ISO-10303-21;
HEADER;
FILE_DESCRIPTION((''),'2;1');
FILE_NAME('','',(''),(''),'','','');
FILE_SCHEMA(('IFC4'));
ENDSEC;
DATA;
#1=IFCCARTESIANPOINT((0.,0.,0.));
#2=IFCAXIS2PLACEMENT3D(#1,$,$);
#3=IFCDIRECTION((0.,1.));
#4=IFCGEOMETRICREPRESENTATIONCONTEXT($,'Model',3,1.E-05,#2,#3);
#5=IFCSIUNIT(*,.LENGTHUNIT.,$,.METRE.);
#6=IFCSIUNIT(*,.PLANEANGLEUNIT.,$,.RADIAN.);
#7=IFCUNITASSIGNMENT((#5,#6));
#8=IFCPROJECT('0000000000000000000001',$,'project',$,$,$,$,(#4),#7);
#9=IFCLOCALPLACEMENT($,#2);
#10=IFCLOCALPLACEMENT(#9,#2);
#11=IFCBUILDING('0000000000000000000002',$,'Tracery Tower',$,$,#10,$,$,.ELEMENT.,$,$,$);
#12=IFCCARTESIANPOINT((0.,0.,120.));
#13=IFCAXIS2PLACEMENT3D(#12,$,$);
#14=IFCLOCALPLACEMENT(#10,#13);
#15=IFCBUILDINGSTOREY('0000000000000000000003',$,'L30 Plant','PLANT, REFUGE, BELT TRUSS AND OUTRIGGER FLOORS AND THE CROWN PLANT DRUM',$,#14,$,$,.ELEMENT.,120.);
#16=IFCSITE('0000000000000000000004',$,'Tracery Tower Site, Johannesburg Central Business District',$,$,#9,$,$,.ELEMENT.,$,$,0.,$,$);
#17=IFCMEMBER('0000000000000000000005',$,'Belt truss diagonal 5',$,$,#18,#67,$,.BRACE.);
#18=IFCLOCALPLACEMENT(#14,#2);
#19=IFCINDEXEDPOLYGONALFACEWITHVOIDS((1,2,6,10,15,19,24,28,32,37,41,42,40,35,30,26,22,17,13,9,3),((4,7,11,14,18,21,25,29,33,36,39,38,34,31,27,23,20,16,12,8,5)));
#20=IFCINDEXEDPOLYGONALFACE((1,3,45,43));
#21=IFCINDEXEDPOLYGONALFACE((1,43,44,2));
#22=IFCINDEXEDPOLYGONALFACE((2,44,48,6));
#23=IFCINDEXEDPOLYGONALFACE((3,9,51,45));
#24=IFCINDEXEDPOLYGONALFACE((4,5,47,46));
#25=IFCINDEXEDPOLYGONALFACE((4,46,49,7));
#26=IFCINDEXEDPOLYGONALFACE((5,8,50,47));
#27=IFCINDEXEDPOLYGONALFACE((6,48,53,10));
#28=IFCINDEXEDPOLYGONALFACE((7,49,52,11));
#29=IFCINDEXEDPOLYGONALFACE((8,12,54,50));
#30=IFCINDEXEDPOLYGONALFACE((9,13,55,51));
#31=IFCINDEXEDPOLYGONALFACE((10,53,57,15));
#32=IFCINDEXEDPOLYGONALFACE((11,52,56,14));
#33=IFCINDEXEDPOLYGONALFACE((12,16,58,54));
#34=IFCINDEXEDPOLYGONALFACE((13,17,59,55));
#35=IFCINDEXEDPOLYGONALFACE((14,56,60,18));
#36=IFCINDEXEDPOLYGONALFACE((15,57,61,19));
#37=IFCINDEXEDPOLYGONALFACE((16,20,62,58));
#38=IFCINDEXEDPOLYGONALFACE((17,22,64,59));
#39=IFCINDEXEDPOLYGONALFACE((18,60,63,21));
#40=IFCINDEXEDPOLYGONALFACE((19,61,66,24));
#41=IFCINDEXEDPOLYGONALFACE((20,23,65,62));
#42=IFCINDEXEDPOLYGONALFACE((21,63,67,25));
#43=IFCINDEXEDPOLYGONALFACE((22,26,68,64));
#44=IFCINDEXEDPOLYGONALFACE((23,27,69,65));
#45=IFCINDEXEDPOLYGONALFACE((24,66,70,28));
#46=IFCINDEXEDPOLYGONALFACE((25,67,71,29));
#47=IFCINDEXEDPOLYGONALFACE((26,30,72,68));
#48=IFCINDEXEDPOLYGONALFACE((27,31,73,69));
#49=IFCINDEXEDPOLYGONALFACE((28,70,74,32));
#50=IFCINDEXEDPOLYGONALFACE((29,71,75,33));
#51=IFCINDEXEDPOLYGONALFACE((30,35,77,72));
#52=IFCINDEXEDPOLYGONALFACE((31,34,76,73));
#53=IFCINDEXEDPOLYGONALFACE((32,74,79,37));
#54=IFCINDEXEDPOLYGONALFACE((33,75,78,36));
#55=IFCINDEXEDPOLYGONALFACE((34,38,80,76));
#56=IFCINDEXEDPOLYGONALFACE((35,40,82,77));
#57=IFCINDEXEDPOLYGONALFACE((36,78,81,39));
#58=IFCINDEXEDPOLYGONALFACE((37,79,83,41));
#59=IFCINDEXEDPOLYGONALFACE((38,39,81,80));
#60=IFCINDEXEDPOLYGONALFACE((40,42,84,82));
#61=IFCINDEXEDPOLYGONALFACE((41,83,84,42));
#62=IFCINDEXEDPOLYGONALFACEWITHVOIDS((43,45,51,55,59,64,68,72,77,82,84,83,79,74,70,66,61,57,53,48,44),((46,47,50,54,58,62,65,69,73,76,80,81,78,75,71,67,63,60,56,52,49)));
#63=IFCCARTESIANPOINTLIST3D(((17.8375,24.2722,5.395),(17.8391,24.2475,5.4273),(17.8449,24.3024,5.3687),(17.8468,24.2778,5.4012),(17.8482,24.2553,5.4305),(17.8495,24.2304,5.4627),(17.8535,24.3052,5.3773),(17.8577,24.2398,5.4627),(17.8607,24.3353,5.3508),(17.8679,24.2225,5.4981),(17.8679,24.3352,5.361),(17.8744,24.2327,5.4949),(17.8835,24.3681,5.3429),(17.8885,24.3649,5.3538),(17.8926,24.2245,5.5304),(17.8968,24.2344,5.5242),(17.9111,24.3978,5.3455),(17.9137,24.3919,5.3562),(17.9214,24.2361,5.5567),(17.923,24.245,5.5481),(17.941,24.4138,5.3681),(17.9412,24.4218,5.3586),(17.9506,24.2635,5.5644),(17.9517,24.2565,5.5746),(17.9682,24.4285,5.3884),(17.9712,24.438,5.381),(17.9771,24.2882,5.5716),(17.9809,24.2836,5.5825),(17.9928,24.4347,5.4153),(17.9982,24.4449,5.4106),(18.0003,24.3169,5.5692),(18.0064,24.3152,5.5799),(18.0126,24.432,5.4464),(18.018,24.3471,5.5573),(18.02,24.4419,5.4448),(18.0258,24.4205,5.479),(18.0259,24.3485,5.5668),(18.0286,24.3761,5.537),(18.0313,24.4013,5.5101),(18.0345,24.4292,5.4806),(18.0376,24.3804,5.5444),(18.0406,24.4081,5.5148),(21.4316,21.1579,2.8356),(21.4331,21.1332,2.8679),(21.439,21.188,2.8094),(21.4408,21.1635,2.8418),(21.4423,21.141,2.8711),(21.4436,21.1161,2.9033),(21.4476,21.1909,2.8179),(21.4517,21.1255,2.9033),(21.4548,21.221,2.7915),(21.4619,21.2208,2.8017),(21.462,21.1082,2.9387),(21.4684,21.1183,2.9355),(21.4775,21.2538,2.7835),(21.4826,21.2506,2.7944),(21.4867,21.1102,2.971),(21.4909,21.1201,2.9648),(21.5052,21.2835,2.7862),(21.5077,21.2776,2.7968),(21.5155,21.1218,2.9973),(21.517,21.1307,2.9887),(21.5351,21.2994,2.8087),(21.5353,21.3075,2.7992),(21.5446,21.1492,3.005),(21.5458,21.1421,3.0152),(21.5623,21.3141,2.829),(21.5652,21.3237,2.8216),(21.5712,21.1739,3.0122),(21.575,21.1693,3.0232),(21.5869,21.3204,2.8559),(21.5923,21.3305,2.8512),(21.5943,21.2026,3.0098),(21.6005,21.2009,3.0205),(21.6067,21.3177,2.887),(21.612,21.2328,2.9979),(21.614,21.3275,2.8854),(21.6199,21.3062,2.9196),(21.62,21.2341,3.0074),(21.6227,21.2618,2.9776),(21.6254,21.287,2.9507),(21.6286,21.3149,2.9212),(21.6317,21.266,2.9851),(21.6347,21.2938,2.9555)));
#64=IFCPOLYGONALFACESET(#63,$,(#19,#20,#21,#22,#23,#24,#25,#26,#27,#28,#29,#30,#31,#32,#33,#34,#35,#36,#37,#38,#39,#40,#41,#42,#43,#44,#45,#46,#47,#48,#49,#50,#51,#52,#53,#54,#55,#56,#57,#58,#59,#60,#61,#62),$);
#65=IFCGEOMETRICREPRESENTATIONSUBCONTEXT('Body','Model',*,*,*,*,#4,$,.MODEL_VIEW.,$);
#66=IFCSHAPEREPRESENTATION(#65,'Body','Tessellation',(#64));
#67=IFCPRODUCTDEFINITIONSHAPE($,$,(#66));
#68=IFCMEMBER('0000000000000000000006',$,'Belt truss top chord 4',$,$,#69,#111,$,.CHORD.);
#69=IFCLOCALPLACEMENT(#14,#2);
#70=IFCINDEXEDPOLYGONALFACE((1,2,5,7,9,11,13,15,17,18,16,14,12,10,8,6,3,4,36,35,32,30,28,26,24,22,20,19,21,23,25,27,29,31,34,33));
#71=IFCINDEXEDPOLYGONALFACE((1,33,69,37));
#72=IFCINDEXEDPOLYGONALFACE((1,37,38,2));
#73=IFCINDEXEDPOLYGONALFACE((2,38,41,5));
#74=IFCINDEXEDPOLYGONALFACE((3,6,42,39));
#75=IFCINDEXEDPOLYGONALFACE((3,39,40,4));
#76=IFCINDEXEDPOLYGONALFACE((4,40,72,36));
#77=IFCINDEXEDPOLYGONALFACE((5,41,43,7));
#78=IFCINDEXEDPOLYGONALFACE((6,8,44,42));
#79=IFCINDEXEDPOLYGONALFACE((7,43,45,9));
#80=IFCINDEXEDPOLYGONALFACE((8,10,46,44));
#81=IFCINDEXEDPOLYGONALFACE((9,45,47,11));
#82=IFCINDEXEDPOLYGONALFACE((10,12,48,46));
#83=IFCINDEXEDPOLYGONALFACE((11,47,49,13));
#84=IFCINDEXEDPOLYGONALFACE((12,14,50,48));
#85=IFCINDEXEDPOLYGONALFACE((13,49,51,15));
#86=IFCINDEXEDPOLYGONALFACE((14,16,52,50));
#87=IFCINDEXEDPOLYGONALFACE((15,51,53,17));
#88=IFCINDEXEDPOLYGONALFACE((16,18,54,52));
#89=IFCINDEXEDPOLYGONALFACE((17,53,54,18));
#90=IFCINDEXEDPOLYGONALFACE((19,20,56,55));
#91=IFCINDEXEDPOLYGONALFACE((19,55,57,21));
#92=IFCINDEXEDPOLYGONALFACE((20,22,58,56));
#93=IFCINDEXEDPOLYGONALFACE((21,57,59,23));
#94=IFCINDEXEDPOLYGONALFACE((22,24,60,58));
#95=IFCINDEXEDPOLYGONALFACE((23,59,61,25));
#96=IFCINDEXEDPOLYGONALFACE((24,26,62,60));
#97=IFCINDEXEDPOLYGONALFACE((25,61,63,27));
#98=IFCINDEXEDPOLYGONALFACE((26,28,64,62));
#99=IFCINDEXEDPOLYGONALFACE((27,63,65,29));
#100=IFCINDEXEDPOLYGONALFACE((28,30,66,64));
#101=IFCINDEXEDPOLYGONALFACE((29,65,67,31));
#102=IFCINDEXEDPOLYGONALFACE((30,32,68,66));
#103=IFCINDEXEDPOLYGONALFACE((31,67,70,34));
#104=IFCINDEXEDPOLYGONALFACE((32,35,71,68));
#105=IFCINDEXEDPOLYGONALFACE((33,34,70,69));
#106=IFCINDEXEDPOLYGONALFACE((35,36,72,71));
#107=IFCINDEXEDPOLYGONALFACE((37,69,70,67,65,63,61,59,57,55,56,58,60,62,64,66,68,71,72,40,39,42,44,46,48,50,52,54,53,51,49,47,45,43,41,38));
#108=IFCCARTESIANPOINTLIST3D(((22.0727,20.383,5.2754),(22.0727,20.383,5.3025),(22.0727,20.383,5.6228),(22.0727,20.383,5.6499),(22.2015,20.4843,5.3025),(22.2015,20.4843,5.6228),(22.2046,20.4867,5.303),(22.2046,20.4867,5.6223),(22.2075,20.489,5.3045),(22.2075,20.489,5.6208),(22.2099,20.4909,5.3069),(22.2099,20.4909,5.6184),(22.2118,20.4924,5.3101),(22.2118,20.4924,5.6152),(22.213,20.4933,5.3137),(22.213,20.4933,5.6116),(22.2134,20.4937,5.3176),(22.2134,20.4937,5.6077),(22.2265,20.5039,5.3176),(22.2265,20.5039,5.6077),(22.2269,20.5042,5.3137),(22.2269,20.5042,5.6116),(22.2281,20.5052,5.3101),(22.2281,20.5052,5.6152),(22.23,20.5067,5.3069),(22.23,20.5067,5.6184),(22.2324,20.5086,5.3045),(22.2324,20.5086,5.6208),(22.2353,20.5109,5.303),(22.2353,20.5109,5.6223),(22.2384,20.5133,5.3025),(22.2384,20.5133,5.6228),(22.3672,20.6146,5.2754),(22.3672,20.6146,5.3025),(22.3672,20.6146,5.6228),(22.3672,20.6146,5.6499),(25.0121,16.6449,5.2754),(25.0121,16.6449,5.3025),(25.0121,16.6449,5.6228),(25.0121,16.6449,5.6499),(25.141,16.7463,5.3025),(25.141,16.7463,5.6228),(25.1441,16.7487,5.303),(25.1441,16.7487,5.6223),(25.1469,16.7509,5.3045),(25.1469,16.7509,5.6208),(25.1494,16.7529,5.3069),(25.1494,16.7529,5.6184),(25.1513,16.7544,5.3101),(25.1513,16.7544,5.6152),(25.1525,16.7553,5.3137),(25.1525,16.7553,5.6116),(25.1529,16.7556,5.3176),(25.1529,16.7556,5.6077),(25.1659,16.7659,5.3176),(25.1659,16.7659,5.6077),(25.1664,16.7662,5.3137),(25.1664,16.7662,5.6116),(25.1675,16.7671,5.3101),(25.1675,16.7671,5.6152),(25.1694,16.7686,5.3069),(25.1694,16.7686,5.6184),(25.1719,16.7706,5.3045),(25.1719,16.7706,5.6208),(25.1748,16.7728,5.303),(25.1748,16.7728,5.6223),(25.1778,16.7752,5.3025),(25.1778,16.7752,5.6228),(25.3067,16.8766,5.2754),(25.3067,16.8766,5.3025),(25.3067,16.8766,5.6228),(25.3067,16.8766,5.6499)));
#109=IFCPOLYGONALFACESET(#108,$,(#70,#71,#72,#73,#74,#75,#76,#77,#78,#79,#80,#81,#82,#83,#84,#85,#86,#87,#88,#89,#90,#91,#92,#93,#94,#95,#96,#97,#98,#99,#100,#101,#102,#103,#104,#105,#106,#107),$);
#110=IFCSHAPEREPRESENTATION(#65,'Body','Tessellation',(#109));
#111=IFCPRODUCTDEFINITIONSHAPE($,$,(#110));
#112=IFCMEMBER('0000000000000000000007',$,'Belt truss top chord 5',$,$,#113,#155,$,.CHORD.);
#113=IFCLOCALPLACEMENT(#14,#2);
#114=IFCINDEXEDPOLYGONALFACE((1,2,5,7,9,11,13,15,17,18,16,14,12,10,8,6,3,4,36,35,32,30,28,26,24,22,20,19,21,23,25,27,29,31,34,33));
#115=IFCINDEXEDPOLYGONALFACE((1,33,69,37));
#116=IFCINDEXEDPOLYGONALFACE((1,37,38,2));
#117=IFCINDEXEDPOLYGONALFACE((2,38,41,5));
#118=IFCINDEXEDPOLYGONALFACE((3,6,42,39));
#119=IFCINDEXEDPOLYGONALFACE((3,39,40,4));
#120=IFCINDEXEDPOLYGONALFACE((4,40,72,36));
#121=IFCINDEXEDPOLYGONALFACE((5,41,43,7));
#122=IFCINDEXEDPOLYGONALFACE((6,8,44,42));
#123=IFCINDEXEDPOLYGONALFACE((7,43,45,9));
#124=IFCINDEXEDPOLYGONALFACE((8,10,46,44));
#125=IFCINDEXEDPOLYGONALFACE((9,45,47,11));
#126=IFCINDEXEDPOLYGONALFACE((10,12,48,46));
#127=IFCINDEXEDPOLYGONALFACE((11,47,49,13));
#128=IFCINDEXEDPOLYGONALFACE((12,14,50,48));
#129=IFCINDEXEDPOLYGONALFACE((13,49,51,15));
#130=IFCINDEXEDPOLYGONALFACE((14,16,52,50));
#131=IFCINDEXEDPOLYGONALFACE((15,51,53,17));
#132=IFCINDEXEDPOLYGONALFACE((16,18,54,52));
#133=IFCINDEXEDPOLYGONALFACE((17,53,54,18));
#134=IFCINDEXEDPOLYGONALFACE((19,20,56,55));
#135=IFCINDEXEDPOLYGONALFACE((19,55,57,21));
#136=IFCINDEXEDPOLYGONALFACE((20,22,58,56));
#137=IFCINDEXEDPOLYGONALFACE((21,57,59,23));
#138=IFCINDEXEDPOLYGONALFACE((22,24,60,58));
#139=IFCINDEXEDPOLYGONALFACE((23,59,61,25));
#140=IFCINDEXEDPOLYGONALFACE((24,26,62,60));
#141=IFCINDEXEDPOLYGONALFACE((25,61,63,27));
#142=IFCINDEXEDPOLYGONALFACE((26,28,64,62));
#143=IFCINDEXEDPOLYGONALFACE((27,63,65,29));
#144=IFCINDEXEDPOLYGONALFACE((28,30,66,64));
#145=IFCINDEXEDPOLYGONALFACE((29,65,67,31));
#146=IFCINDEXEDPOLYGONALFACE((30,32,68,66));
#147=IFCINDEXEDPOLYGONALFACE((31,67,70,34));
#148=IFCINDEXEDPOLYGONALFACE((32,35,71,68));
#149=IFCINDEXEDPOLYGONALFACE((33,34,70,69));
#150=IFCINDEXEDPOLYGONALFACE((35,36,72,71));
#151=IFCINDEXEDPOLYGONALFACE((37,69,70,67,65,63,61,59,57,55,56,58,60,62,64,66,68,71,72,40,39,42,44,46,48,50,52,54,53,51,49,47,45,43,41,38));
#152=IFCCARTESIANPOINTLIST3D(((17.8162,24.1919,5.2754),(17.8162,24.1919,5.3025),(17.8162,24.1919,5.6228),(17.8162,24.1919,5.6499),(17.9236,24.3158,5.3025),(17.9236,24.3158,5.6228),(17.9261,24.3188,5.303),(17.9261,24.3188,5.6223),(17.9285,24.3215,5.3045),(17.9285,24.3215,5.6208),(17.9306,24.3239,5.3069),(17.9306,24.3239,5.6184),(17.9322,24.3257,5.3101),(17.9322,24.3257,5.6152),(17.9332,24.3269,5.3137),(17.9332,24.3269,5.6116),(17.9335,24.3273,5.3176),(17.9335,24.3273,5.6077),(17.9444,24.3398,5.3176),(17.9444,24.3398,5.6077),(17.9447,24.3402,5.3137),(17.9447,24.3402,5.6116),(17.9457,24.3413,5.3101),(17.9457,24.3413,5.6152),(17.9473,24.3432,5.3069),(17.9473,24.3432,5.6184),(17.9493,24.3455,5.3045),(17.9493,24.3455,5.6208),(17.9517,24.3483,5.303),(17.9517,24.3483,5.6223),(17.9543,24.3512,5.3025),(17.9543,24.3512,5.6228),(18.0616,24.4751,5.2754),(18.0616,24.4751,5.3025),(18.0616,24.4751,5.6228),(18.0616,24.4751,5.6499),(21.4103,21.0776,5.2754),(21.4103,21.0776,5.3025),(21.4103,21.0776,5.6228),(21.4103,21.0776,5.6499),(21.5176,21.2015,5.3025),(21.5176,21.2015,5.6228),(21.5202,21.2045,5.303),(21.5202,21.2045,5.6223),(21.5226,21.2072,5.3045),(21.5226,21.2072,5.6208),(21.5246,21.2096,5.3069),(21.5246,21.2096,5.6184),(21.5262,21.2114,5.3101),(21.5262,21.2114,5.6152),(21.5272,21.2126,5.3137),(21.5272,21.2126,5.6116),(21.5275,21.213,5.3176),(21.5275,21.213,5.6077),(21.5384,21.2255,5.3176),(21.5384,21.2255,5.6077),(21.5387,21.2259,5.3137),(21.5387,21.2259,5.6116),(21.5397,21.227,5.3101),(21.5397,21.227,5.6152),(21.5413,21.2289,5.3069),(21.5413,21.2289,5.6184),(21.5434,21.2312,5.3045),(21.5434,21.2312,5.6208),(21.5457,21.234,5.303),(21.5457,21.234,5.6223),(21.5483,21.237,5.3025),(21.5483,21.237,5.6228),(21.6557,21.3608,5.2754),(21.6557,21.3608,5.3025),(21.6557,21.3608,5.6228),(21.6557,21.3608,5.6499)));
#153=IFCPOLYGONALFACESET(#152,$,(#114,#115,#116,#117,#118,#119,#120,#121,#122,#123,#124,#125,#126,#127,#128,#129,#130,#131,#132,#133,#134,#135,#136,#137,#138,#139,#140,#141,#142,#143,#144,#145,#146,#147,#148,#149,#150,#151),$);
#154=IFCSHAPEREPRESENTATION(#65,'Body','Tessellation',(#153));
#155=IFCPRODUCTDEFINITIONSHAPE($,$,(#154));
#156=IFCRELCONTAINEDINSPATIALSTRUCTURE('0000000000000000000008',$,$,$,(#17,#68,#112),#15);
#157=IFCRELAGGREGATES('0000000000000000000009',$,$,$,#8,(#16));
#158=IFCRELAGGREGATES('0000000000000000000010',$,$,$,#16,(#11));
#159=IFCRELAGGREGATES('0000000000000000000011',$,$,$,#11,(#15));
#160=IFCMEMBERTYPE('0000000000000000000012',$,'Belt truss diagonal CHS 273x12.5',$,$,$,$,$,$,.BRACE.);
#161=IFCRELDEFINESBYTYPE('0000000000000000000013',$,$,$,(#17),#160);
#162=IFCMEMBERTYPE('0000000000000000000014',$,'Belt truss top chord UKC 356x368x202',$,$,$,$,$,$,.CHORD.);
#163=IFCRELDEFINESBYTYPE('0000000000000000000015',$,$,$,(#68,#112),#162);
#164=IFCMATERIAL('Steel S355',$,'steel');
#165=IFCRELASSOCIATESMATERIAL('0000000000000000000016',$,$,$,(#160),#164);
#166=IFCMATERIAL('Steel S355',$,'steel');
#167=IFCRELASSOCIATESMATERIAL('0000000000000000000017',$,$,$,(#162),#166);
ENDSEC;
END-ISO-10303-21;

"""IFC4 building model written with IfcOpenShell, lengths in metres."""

from ifc_helpers import new_model, si_unit, direction, frame, origin, origin_2d, place, context, subcontext, project, spatial, hollow_circle, i_section, extrude, material, material_profile, profile_set, type_object, element, save


model = new_model("IFC4")

# Units and contexts
model_context = context("Model", 3, precision=1e-05, world=origin(), true_north=direction((0.0, 1.0)))
body_context = subcontext(model_context, "Body", "Model", "MODEL_VIEW")
ifc_project = project(units=[si_unit("LENGTHUNIT", "METRE"), si_unit("PLANEANGLEUNIT", "RADIAN")], contexts=[model_context])

# Site, building, storey
site_placement = place(None, origin())
site = spatial("IfcSite", under=ifc_project, at=site_placement, Name="Tracery Tower Site, Johannesburg Central Business District", CompositionType="ELEMENT", RefElevation=0.0)
building_placement = place(site_placement, origin())
building = spatial("IfcBuilding", under=site, at=building_placement, Name="Tracery Tower", CompositionType="ELEMENT")
storey_placement = place(building_placement, frame((0.0, 0.0, 120.0)))
storey = spatial("IfcBuildingStorey", under=building, at=storey_placement, Name="L30 Plant", Description="PLANT, REFUGE, BELT TRUSS AND OUTRIGGER FLOORS AND THE CROWN PLANT DRUM", CompositionType="ELEMENT", Elevation=120.0)

# Members
ifc_material_1 = material(Name="Steel S355", Category="steel")
ifc_material_profile_1 = material_profile(ifc_material_1, hollow_circle(Radius=0.1365, WallThickness=0.0125, at=origin_2d()), Name="CHS 273x12.5")
ifc_profile_set_1 = profile_set([ifc_material_profile_1], Name="Steel S355")
member_type_1 = type_object("IfcMemberType", Name="Belt truss diagonal CHS 273x12.5", PredefinedType="BRACE", material=ifc_profile_set_1)
member_1_placement = place(storey_placement, frame((21.533, 21.2192, 2.9033), z_axis=(-0.665491, 0.57666, 0.473904), x_axis=(-0.654866, -0.755745, 0.0)))
element("IfcMember", 1, at=member_1_placement, inside=storey, type_object=member_type_1, Name="Belt truss diagonal 5", PredefinedType="BRACE", context=body_context, shape_type="SweptSolid", body=[
    extrude(hollow_circle(Radius=0.1365, WallThickness=0.0125, at=origin_2d()), origin(), (0.0, 0.0, 1.0), 5.4006),
])
ifc_material_2 = material(Name="Steel S355", Category="steel")
ifc_material_profile_2 = material_profile(ifc_material_2, i_section(OverallWidth=0.3748, OverallDepth=0.3745, WebThickness=0.0166, FlangeThickness=0.0271, FilletRadius=0.0151, at=origin_2d()), Name="UKC 356x368x202")
ifc_profile_set_2 = profile_set([ifc_material_profile_2], Name="Steel S355")
member_type_2 = type_object("IfcMemberType", Name="Belt truss top chord UKC 356x368x202", PredefinedType="CHORD", material=ifc_profile_set_2)
member_2_placement = place(storey_placement, frame((25.1594, 16.7607, 5.4626), z_axis=(-0.618137, 0.786071, 0.0), x_axis=(-0.786071, -0.618137, 0.0)))
element("IfcMember", 2, at=member_2_placement, inside=storey, type_object=member_type_2, Name="Belt truss top chord 4", PredefinedType="CHORD", context=body_context, shape_type="SweptSolid", body=[
    extrude(i_section(OverallWidth=0.3748, OverallDepth=0.3745, WebThickness=0.0166, FlangeThickness=0.0271, FilletRadius=0.0151, at=origin_2d()), origin(), (0.0, 0.0, 1.0), 4.7554),
])
member_3_placement = place(storey_placement, frame((21.533, 21.2192, 5.4626), z_axis=(-0.755745, 0.654866, 0.0), x_axis=(-0.654866, -0.755745, 0.0)))
element("IfcMember", 3, at=member_3_placement, inside=storey, type_object=member_type_2, Name="Belt truss top chord 5", PredefinedType="CHORD", context=body_context, shape_type="SweptSolid", body=[
    extrude(i_section(OverallWidth=0.3748, OverallDepth=0.3745, WebThickness=0.0166, FlangeThickness=0.0271, FilletRadius=0.0151, at=origin_2d()), origin(), (0.0, 0.0, 1.0), 4.7556),
])

save(model, "model.ifc")
